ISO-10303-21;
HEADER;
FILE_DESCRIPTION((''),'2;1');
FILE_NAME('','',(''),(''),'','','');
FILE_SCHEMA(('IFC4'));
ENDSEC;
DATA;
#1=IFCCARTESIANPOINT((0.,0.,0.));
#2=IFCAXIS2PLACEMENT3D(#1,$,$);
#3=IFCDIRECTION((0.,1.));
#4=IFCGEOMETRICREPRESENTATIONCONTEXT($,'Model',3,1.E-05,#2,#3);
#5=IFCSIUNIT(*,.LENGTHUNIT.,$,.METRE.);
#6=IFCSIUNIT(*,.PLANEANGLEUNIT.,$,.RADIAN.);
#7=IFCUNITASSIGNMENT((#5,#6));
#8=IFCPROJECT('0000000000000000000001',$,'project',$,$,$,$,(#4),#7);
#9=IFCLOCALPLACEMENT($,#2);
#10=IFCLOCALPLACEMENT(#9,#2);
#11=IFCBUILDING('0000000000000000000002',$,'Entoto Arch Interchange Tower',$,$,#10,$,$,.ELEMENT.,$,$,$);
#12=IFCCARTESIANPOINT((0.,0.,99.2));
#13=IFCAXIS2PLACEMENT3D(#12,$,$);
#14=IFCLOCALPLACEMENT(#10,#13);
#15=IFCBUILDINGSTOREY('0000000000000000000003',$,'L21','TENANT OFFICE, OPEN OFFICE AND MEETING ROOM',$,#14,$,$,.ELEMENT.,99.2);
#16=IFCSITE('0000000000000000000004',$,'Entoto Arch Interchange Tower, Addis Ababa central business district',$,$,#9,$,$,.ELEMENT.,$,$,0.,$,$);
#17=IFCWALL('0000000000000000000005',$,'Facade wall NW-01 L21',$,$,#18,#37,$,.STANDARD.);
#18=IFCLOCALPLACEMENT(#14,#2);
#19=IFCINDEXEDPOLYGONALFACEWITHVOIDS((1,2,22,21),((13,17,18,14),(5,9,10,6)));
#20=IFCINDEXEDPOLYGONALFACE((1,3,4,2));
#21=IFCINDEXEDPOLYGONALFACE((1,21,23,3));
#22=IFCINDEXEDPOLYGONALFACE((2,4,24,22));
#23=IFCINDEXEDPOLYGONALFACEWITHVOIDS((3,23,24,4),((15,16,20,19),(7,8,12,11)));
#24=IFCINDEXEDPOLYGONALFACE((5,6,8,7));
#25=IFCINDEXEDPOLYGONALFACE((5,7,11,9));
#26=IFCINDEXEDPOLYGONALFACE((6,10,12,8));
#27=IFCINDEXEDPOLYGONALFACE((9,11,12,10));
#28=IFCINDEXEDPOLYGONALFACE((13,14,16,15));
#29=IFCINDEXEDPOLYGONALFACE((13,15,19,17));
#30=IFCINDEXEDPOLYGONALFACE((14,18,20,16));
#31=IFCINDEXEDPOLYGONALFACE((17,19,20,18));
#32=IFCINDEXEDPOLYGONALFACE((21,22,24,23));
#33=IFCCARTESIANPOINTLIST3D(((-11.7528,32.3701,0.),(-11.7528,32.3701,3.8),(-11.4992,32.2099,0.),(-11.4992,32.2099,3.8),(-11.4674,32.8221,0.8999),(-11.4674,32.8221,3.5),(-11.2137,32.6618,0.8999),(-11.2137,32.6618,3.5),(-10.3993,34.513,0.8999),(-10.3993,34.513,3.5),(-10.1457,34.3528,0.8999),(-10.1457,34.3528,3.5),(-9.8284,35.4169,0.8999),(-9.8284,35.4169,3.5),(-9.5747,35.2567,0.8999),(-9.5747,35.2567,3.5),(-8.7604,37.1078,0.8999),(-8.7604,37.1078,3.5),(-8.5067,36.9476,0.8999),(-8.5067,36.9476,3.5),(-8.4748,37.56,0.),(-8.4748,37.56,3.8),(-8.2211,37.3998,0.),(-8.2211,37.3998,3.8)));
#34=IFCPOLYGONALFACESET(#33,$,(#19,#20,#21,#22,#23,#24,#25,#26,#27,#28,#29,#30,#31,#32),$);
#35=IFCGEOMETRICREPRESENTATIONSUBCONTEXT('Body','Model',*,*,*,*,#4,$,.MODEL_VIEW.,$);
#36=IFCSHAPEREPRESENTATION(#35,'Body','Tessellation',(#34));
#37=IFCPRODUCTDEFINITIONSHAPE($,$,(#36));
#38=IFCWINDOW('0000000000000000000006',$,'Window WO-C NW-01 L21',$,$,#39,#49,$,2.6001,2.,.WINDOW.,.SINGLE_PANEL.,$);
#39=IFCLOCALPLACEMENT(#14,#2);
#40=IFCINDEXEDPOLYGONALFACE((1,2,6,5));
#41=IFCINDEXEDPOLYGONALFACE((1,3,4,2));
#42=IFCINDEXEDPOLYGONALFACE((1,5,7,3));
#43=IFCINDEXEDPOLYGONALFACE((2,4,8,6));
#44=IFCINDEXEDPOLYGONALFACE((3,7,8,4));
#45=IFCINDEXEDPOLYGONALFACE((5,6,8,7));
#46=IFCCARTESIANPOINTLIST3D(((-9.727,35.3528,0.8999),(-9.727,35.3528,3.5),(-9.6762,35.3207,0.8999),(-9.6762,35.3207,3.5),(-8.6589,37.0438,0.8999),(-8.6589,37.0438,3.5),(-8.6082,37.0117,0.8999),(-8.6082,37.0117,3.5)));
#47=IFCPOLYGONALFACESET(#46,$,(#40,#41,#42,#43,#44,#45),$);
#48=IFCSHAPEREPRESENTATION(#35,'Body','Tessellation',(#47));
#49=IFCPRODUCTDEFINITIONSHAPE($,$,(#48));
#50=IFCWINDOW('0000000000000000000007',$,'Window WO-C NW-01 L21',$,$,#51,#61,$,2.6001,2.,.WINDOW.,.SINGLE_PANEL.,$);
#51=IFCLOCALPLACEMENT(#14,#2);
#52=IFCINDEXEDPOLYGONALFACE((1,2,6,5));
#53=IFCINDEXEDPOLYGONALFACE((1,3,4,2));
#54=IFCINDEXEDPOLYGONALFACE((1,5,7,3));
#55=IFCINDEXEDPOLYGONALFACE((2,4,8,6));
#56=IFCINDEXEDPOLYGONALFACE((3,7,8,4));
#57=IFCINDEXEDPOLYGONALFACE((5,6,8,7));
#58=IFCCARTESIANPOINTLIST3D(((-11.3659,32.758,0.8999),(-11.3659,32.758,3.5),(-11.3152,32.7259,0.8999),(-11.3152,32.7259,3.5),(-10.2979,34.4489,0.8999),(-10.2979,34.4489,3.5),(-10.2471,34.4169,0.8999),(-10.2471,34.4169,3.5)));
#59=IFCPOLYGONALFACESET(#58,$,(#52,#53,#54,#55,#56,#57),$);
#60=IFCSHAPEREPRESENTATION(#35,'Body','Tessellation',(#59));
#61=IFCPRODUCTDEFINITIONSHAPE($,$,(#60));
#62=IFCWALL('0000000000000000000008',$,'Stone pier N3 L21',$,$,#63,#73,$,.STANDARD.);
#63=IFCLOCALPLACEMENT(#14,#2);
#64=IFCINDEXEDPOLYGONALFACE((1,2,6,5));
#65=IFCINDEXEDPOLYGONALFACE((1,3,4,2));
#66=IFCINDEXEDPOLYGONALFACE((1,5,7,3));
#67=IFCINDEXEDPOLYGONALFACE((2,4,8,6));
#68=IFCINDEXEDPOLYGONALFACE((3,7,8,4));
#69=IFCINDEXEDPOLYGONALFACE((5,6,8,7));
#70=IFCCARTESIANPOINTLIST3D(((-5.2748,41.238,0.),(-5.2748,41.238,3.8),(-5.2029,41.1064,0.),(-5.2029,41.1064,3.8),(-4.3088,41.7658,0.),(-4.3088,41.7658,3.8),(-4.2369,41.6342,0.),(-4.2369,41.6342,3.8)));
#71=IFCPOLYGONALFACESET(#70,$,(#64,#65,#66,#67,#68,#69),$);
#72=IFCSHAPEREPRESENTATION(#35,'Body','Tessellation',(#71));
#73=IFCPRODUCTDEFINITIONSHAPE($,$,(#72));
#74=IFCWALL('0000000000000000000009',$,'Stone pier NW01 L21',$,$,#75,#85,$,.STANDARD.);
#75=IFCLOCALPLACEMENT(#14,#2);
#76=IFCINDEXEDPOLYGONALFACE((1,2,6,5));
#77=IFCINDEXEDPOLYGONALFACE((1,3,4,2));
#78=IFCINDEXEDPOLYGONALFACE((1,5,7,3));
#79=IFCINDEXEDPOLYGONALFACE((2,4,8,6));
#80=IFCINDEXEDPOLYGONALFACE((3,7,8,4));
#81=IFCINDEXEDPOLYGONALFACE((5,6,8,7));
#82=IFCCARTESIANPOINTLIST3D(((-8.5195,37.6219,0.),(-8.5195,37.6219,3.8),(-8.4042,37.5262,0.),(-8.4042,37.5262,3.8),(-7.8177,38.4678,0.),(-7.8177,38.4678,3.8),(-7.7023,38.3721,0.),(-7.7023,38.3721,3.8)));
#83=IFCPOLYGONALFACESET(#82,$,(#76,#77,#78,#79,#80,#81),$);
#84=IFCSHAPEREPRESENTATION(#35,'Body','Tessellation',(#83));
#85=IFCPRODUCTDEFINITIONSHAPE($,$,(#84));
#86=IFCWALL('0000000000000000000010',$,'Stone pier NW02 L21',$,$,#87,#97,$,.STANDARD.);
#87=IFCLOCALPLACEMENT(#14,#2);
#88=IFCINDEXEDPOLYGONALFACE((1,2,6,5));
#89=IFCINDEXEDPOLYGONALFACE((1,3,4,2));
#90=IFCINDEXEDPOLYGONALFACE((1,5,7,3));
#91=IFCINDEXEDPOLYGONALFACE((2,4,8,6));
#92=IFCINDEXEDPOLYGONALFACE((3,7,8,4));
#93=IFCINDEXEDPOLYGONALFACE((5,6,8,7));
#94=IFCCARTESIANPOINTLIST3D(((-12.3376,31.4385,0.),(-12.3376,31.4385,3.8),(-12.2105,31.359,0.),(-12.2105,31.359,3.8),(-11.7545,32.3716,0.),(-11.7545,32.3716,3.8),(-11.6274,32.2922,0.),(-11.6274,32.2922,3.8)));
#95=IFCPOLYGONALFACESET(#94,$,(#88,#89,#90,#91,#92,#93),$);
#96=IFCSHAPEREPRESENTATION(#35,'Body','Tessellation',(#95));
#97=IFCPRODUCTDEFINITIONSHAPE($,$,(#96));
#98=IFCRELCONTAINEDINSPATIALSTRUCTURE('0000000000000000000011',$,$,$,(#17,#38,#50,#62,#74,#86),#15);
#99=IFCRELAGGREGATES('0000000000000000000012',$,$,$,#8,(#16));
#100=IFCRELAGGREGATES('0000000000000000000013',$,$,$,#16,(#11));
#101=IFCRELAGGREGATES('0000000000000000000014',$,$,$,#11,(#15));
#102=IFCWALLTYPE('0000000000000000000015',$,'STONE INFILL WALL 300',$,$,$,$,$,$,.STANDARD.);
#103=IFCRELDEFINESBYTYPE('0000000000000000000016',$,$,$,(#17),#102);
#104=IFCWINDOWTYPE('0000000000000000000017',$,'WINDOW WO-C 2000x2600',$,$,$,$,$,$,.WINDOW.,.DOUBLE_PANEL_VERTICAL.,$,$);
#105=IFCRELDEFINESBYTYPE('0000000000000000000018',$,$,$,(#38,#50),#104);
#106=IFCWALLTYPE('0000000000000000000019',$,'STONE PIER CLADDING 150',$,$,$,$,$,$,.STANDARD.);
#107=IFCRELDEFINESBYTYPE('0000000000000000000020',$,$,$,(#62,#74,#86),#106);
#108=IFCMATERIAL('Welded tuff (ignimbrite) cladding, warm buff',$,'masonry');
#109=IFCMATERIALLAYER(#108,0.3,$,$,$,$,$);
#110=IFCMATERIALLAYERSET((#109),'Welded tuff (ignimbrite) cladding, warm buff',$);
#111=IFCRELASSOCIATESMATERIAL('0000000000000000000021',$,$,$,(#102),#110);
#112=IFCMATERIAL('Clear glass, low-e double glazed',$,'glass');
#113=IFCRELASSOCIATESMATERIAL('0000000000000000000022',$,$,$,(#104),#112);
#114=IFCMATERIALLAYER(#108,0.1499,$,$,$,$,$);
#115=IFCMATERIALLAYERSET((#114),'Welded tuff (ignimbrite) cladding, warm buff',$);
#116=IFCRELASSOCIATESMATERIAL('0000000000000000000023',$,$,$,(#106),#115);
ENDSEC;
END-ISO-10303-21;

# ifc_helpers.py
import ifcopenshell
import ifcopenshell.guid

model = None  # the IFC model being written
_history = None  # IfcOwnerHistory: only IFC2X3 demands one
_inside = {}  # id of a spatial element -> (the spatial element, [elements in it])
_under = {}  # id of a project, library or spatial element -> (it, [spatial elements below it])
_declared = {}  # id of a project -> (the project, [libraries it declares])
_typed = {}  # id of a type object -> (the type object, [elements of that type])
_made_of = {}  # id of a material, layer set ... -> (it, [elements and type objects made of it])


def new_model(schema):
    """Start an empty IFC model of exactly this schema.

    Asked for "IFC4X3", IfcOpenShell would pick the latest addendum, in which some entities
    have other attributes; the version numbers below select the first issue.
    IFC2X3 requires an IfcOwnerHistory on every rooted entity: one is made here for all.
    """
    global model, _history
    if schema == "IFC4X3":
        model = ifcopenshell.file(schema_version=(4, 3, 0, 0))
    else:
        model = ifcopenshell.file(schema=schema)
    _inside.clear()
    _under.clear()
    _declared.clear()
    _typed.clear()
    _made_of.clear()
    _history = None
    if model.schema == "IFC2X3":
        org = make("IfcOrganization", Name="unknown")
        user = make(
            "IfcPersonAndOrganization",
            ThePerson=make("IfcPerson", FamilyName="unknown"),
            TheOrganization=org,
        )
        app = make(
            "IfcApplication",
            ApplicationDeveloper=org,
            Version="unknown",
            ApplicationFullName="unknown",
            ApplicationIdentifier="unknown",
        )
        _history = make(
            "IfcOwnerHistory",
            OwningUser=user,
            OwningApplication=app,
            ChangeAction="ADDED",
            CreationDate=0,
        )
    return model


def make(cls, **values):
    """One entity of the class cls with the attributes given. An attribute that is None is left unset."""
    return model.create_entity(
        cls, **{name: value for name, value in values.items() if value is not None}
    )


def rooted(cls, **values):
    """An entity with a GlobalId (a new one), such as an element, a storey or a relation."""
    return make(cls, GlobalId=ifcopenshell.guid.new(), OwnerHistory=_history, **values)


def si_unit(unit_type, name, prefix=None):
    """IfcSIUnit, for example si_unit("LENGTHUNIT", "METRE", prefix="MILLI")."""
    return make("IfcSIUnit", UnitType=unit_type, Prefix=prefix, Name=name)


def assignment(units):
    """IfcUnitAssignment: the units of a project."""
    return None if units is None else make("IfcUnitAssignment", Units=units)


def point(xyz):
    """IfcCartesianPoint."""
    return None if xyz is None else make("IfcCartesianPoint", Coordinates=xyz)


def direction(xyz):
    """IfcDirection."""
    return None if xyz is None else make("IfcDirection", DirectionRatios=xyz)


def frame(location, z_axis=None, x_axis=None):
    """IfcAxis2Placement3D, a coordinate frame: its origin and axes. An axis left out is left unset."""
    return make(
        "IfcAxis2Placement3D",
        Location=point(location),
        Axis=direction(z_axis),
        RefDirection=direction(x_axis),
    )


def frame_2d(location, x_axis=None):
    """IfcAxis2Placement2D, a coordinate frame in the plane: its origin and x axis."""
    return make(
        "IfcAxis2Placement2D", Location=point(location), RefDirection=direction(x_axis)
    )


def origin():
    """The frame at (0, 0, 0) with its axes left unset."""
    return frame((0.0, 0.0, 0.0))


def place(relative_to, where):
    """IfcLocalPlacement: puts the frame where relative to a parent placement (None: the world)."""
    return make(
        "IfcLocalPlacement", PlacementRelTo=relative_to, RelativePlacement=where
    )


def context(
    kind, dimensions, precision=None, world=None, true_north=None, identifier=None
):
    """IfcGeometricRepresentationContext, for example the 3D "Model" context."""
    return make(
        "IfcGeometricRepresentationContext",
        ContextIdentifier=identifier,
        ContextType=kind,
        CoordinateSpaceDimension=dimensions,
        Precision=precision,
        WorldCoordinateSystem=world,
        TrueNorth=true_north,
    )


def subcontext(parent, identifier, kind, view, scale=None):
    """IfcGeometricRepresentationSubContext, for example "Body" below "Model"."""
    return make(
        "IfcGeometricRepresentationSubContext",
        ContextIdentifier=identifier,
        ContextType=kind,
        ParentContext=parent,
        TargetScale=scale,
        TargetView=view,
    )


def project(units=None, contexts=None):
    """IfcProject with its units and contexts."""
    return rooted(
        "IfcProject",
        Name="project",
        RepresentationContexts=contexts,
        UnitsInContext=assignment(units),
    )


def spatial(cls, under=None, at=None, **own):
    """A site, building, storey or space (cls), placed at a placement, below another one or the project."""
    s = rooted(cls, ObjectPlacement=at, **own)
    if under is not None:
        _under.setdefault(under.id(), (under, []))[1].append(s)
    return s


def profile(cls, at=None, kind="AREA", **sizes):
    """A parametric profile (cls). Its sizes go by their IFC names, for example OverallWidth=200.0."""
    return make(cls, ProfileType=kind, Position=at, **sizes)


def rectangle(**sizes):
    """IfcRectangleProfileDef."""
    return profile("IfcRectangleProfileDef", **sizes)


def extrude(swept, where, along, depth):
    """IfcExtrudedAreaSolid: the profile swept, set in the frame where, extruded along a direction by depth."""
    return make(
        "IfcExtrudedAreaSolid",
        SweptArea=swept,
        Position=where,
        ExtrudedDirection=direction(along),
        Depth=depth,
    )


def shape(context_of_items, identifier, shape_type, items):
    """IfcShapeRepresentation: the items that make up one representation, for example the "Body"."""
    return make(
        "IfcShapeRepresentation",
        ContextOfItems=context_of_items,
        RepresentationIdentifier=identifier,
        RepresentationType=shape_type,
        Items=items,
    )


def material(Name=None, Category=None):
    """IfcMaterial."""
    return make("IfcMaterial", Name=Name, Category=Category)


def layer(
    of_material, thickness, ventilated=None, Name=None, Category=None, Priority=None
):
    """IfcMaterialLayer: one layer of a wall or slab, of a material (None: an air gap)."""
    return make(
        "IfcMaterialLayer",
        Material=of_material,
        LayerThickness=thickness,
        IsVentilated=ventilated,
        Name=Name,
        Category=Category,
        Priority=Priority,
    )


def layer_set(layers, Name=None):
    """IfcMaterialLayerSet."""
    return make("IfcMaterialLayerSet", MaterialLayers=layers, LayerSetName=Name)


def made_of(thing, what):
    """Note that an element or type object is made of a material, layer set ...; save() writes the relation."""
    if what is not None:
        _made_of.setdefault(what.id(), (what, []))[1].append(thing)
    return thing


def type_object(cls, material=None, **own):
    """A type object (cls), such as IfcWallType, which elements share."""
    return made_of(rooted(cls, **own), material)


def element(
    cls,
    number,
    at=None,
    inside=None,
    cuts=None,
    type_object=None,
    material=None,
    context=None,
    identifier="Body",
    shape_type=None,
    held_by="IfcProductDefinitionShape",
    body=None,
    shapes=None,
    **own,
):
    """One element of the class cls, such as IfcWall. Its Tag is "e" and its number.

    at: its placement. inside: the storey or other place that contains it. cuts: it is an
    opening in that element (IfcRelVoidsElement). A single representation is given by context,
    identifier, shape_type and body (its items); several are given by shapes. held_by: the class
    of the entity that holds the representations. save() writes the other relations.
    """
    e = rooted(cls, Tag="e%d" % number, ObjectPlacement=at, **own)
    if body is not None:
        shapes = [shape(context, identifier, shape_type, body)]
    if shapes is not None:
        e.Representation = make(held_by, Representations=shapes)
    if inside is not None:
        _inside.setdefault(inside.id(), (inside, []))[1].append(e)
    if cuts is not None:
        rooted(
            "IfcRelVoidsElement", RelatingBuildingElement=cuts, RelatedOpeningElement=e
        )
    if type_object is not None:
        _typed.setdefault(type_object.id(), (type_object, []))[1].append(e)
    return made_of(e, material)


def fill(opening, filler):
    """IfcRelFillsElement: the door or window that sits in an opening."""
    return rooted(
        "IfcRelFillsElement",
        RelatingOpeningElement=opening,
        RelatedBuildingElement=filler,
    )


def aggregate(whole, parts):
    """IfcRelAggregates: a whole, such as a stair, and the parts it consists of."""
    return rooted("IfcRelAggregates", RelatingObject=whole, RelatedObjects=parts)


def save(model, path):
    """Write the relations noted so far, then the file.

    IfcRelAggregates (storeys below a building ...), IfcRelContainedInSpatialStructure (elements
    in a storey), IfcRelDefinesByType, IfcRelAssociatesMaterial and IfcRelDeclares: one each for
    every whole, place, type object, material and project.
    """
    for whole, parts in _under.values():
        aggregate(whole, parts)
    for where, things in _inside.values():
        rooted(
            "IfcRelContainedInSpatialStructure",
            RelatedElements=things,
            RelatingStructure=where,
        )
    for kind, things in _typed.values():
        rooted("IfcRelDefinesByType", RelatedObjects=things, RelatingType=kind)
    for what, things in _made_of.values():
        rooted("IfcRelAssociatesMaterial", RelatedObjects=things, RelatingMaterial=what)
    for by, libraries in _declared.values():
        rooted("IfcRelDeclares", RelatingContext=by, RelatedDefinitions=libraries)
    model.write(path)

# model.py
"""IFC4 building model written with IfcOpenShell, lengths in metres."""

from ifc_helpers import new_model, si_unit, direction, frame, frame_2d, origin, place, context, subcontext, project, spatial, rectangle, extrude, material, layer, layer_set, type_object, element, fill, save


model = new_model("IFC4")

# Units and contexts
model_context = context("Model", 3, precision=1e-05, world=origin(), true_north=direction((0.0, 1.0)))
body_context = subcontext(model_context, "Body", "Model", "MODEL_VIEW")
ifc_project = project(units=[si_unit("LENGTHUNIT", "METRE"), si_unit("PLANEANGLEUNIT", "RADIAN")], contexts=[model_context])

# Site, building, storey
site_placement = place(None, origin())
site = spatial("IfcSite", under=ifc_project, at=site_placement, Name="Entoto Arch Interchange Tower, Addis Ababa central business district", CompositionType="ELEMENT", RefElevation=0.0)
building_placement = place(site_placement, origin())
building = spatial("IfcBuilding", under=site, at=building_placement, Name="Entoto Arch Interchange Tower", CompositionType="ELEMENT")
storey_placement = place(building_placement, frame((0.0, 0.0, 99.2)))
storey = spatial("IfcBuildingStorey", under=building, at=storey_placement, Name="L21", Description="TENANT OFFICE, OPEN OFFICE AND MEETING ROOM", CompositionType="ELEMENT", Elevation=99.2)

# Shared definitions
ifc_material_1 = material(Name="Welded tuff (ignimbrite) cladding, warm buff", Category="masonry")
ifc_layer_1 = layer(ifc_material_1, 0.3)
ifc_layer_set_1 = layer_set([ifc_layer_1], Name="Welded tuff (ignimbrite) cladding, warm buff")
wall_type_1 = type_object("IfcWallType", Name="STONE INFILL WALL 300", PredefinedType="STANDARD", material=ifc_layer_set_1)
ifc_material_2 = material(Name="Clear glass, low-e double glazed", Category="glass")

# Wall, openings, windows
wall_1_placement = place(storey_placement, frame((-8.3479, 37.48, 0.0), z_axis=(0.0, 0.0, 1.0), x_axis=(-0.534018, -0.845473, 0.0)))
wall_1 = element("IfcWall", 1, at=wall_1_placement, inside=storey, type_object=wall_type_1, Name="Facade wall NW-01 L21", PredefinedType="STANDARD", context=body_context, shape_type="SweptSolid", body=[
    extrude(rectangle(XDim=6.1384, YDim=0.3, at=frame_2d((3.0693, 0.0))), origin(), (0.0, 0.0, 1.0), 3.8),
])
opening_1_placement = place(wall_1_placement, frame((0.5349, 0.0, 0.8999)))
opening_1 = element("IfcOpeningElement", 2, at=opening_1_placement, cuts=wall_1, PredefinedType="OPENING", context=body_context, shape_type="SweptSolid", body=[
    extrude(rectangle(XDim=2.0, YDim=2.6001, at=frame_2d((1.0, 1.3))), frame((0.0, 0.1602, 0.0), z_axis=(0.0, -1.0, 0.0), x_axis=(1.0, 0.0, 0.0)), (0.0, 0.0, 1.0), 0.3201),
])
opening_2_placement = place(wall_1_placement, frame((3.604, 0.0, 0.8999)))
opening_2 = element("IfcOpeningElement", 3, at=opening_2_placement, cuts=wall_1, PredefinedType="OPENING", context=body_context, shape_type="SweptSolid", body=[
    extrude(rectangle(XDim=2.0, YDim=2.6001, at=frame_2d((1.0, 1.3))), frame((0.0, 0.1602, 0.0), z_axis=(0.0, -1.0, 0.0), x_axis=(1.0, 0.0, 0.0)), (0.0, 0.0, 1.0), 0.3201),
])
window_type_1 = type_object("IfcWindowType", Name="WINDOW WO-C 2000x2600", PartitioningType="DOUBLE_PANEL_VERTICAL", PredefinedType="WINDOW", material=ifc_material_2)
window_1_placement = place(opening_1_placement, origin())
window_1 = element("IfcWindow", 4, at=window_1_placement, inside=storey, type_object=window_type_1, Name="Window WO-C NW-01 L21", OverallHeight=2.6001, OverallWidth=2.0, PartitioningType="SINGLE_PANEL", PredefinedType="WINDOW", context=body_context, shape_type="SweptSolid", body=[
    extrude(rectangle(XDim=2.0, YDim=2.6001, at=frame_2d((1.0, 1.3))), frame((0.0, 0.03, 0.0), z_axis=(0.0, -1.0, 0.0), x_axis=(1.0, 0.0, 0.0)), (0.0, 0.0, 1.0), 0.0601),
])
fill(opening_1, window_1)
window_2_placement = place(opening_2_placement, origin())
window_2 = element("IfcWindow", 5, at=window_2_placement, inside=storey, type_object=window_type_1, Name="Window WO-C NW-01 L21", OverallHeight=2.6001, OverallWidth=2.0, PartitioningType="SINGLE_PANEL", PredefinedType="WINDOW", context=body_context, shape_type="SweptSolid", body=[
    extrude(rectangle(XDim=2.0, YDim=2.6001, at=frame_2d((1.0, 1.3))), frame((0.0, 0.03, 0.0), z_axis=(0.0, -1.0, 0.0), x_axis=(1.0, 0.0, 0.0)), (0.0, 0.0, 1.0), 0.0601),
])
fill(opening_2, window_2)

# Walls
ifc_layer_2 = layer(ifc_material_1, 0.1499)
ifc_layer_set_2 = layer_set([ifc_layer_2], Name="Welded tuff (ignimbrite) cladding, warm buff")
wall_type_2 = type_object("IfcWallType", Name="STONE PIER CLADDING 150", PredefinedType="STANDARD", material=ifc_layer_set_2)
wall_2_placement = place(storey_placement, frame((-4.2729, 41.7, 0.0), z_axis=(0.0, 0.0, 1.0), x_axis=(-0.877556, -0.479474, 0.0)))
element("IfcWall", 6, at=wall_2_placement, inside=storey, type_object=wall_type_2, Name="Stone pier N3 L21", PredefinedType="STANDARD", context=body_context, shape_type="SweptSolid", body=[
    extrude(rectangle(XDim=1.1008, YDim=0.1499, at=frame_2d((0.5503, 0.0))), origin(), (0.0, 0.0, 1.0), 3.8),
])
wall_3_placement = place(storey_placement, frame((-7.76, 38.4199, 0.0), z_axis=(0.0, 0.0, 1.0), x_axis=(-0.638544, -0.769585, 0.0)))
element("IfcWall", 7, at=wall_3_placement, inside=storey, type_object=wall_type_2, Name="Stone pier NW01 L21", PredefinedType="STANDARD", context=body_context, shape_type="SweptSolid", body=[
    extrude(rectangle(XDim=1.0991, YDim=0.1499, at=frame_2d((0.5496, 0.0))), origin(), (0.0, 0.0, 1.0), 3.8),
])
wall_4_placement = place(storey_placement, frame((-11.6909, 32.332, 0.0), z_axis=(0.0, 0.0, 1.0), x_axis=(-0.529879, -0.848073, 0.0)))
element("IfcWall", 8, at=wall_4_placement, inside=storey, type_object=wall_type_2, Name="Stone pier NW02 L21", PredefinedType="STANDARD", context=body_context, shape_type="SweptSolid", body=[
    extrude(rectangle(XDim=1.1003, YDim=0.1499, at=frame_2d((0.5503, 0.0))), origin(), (0.0, 0.0, 1.0), 3.8),
])

save(model, "model.ifc")
